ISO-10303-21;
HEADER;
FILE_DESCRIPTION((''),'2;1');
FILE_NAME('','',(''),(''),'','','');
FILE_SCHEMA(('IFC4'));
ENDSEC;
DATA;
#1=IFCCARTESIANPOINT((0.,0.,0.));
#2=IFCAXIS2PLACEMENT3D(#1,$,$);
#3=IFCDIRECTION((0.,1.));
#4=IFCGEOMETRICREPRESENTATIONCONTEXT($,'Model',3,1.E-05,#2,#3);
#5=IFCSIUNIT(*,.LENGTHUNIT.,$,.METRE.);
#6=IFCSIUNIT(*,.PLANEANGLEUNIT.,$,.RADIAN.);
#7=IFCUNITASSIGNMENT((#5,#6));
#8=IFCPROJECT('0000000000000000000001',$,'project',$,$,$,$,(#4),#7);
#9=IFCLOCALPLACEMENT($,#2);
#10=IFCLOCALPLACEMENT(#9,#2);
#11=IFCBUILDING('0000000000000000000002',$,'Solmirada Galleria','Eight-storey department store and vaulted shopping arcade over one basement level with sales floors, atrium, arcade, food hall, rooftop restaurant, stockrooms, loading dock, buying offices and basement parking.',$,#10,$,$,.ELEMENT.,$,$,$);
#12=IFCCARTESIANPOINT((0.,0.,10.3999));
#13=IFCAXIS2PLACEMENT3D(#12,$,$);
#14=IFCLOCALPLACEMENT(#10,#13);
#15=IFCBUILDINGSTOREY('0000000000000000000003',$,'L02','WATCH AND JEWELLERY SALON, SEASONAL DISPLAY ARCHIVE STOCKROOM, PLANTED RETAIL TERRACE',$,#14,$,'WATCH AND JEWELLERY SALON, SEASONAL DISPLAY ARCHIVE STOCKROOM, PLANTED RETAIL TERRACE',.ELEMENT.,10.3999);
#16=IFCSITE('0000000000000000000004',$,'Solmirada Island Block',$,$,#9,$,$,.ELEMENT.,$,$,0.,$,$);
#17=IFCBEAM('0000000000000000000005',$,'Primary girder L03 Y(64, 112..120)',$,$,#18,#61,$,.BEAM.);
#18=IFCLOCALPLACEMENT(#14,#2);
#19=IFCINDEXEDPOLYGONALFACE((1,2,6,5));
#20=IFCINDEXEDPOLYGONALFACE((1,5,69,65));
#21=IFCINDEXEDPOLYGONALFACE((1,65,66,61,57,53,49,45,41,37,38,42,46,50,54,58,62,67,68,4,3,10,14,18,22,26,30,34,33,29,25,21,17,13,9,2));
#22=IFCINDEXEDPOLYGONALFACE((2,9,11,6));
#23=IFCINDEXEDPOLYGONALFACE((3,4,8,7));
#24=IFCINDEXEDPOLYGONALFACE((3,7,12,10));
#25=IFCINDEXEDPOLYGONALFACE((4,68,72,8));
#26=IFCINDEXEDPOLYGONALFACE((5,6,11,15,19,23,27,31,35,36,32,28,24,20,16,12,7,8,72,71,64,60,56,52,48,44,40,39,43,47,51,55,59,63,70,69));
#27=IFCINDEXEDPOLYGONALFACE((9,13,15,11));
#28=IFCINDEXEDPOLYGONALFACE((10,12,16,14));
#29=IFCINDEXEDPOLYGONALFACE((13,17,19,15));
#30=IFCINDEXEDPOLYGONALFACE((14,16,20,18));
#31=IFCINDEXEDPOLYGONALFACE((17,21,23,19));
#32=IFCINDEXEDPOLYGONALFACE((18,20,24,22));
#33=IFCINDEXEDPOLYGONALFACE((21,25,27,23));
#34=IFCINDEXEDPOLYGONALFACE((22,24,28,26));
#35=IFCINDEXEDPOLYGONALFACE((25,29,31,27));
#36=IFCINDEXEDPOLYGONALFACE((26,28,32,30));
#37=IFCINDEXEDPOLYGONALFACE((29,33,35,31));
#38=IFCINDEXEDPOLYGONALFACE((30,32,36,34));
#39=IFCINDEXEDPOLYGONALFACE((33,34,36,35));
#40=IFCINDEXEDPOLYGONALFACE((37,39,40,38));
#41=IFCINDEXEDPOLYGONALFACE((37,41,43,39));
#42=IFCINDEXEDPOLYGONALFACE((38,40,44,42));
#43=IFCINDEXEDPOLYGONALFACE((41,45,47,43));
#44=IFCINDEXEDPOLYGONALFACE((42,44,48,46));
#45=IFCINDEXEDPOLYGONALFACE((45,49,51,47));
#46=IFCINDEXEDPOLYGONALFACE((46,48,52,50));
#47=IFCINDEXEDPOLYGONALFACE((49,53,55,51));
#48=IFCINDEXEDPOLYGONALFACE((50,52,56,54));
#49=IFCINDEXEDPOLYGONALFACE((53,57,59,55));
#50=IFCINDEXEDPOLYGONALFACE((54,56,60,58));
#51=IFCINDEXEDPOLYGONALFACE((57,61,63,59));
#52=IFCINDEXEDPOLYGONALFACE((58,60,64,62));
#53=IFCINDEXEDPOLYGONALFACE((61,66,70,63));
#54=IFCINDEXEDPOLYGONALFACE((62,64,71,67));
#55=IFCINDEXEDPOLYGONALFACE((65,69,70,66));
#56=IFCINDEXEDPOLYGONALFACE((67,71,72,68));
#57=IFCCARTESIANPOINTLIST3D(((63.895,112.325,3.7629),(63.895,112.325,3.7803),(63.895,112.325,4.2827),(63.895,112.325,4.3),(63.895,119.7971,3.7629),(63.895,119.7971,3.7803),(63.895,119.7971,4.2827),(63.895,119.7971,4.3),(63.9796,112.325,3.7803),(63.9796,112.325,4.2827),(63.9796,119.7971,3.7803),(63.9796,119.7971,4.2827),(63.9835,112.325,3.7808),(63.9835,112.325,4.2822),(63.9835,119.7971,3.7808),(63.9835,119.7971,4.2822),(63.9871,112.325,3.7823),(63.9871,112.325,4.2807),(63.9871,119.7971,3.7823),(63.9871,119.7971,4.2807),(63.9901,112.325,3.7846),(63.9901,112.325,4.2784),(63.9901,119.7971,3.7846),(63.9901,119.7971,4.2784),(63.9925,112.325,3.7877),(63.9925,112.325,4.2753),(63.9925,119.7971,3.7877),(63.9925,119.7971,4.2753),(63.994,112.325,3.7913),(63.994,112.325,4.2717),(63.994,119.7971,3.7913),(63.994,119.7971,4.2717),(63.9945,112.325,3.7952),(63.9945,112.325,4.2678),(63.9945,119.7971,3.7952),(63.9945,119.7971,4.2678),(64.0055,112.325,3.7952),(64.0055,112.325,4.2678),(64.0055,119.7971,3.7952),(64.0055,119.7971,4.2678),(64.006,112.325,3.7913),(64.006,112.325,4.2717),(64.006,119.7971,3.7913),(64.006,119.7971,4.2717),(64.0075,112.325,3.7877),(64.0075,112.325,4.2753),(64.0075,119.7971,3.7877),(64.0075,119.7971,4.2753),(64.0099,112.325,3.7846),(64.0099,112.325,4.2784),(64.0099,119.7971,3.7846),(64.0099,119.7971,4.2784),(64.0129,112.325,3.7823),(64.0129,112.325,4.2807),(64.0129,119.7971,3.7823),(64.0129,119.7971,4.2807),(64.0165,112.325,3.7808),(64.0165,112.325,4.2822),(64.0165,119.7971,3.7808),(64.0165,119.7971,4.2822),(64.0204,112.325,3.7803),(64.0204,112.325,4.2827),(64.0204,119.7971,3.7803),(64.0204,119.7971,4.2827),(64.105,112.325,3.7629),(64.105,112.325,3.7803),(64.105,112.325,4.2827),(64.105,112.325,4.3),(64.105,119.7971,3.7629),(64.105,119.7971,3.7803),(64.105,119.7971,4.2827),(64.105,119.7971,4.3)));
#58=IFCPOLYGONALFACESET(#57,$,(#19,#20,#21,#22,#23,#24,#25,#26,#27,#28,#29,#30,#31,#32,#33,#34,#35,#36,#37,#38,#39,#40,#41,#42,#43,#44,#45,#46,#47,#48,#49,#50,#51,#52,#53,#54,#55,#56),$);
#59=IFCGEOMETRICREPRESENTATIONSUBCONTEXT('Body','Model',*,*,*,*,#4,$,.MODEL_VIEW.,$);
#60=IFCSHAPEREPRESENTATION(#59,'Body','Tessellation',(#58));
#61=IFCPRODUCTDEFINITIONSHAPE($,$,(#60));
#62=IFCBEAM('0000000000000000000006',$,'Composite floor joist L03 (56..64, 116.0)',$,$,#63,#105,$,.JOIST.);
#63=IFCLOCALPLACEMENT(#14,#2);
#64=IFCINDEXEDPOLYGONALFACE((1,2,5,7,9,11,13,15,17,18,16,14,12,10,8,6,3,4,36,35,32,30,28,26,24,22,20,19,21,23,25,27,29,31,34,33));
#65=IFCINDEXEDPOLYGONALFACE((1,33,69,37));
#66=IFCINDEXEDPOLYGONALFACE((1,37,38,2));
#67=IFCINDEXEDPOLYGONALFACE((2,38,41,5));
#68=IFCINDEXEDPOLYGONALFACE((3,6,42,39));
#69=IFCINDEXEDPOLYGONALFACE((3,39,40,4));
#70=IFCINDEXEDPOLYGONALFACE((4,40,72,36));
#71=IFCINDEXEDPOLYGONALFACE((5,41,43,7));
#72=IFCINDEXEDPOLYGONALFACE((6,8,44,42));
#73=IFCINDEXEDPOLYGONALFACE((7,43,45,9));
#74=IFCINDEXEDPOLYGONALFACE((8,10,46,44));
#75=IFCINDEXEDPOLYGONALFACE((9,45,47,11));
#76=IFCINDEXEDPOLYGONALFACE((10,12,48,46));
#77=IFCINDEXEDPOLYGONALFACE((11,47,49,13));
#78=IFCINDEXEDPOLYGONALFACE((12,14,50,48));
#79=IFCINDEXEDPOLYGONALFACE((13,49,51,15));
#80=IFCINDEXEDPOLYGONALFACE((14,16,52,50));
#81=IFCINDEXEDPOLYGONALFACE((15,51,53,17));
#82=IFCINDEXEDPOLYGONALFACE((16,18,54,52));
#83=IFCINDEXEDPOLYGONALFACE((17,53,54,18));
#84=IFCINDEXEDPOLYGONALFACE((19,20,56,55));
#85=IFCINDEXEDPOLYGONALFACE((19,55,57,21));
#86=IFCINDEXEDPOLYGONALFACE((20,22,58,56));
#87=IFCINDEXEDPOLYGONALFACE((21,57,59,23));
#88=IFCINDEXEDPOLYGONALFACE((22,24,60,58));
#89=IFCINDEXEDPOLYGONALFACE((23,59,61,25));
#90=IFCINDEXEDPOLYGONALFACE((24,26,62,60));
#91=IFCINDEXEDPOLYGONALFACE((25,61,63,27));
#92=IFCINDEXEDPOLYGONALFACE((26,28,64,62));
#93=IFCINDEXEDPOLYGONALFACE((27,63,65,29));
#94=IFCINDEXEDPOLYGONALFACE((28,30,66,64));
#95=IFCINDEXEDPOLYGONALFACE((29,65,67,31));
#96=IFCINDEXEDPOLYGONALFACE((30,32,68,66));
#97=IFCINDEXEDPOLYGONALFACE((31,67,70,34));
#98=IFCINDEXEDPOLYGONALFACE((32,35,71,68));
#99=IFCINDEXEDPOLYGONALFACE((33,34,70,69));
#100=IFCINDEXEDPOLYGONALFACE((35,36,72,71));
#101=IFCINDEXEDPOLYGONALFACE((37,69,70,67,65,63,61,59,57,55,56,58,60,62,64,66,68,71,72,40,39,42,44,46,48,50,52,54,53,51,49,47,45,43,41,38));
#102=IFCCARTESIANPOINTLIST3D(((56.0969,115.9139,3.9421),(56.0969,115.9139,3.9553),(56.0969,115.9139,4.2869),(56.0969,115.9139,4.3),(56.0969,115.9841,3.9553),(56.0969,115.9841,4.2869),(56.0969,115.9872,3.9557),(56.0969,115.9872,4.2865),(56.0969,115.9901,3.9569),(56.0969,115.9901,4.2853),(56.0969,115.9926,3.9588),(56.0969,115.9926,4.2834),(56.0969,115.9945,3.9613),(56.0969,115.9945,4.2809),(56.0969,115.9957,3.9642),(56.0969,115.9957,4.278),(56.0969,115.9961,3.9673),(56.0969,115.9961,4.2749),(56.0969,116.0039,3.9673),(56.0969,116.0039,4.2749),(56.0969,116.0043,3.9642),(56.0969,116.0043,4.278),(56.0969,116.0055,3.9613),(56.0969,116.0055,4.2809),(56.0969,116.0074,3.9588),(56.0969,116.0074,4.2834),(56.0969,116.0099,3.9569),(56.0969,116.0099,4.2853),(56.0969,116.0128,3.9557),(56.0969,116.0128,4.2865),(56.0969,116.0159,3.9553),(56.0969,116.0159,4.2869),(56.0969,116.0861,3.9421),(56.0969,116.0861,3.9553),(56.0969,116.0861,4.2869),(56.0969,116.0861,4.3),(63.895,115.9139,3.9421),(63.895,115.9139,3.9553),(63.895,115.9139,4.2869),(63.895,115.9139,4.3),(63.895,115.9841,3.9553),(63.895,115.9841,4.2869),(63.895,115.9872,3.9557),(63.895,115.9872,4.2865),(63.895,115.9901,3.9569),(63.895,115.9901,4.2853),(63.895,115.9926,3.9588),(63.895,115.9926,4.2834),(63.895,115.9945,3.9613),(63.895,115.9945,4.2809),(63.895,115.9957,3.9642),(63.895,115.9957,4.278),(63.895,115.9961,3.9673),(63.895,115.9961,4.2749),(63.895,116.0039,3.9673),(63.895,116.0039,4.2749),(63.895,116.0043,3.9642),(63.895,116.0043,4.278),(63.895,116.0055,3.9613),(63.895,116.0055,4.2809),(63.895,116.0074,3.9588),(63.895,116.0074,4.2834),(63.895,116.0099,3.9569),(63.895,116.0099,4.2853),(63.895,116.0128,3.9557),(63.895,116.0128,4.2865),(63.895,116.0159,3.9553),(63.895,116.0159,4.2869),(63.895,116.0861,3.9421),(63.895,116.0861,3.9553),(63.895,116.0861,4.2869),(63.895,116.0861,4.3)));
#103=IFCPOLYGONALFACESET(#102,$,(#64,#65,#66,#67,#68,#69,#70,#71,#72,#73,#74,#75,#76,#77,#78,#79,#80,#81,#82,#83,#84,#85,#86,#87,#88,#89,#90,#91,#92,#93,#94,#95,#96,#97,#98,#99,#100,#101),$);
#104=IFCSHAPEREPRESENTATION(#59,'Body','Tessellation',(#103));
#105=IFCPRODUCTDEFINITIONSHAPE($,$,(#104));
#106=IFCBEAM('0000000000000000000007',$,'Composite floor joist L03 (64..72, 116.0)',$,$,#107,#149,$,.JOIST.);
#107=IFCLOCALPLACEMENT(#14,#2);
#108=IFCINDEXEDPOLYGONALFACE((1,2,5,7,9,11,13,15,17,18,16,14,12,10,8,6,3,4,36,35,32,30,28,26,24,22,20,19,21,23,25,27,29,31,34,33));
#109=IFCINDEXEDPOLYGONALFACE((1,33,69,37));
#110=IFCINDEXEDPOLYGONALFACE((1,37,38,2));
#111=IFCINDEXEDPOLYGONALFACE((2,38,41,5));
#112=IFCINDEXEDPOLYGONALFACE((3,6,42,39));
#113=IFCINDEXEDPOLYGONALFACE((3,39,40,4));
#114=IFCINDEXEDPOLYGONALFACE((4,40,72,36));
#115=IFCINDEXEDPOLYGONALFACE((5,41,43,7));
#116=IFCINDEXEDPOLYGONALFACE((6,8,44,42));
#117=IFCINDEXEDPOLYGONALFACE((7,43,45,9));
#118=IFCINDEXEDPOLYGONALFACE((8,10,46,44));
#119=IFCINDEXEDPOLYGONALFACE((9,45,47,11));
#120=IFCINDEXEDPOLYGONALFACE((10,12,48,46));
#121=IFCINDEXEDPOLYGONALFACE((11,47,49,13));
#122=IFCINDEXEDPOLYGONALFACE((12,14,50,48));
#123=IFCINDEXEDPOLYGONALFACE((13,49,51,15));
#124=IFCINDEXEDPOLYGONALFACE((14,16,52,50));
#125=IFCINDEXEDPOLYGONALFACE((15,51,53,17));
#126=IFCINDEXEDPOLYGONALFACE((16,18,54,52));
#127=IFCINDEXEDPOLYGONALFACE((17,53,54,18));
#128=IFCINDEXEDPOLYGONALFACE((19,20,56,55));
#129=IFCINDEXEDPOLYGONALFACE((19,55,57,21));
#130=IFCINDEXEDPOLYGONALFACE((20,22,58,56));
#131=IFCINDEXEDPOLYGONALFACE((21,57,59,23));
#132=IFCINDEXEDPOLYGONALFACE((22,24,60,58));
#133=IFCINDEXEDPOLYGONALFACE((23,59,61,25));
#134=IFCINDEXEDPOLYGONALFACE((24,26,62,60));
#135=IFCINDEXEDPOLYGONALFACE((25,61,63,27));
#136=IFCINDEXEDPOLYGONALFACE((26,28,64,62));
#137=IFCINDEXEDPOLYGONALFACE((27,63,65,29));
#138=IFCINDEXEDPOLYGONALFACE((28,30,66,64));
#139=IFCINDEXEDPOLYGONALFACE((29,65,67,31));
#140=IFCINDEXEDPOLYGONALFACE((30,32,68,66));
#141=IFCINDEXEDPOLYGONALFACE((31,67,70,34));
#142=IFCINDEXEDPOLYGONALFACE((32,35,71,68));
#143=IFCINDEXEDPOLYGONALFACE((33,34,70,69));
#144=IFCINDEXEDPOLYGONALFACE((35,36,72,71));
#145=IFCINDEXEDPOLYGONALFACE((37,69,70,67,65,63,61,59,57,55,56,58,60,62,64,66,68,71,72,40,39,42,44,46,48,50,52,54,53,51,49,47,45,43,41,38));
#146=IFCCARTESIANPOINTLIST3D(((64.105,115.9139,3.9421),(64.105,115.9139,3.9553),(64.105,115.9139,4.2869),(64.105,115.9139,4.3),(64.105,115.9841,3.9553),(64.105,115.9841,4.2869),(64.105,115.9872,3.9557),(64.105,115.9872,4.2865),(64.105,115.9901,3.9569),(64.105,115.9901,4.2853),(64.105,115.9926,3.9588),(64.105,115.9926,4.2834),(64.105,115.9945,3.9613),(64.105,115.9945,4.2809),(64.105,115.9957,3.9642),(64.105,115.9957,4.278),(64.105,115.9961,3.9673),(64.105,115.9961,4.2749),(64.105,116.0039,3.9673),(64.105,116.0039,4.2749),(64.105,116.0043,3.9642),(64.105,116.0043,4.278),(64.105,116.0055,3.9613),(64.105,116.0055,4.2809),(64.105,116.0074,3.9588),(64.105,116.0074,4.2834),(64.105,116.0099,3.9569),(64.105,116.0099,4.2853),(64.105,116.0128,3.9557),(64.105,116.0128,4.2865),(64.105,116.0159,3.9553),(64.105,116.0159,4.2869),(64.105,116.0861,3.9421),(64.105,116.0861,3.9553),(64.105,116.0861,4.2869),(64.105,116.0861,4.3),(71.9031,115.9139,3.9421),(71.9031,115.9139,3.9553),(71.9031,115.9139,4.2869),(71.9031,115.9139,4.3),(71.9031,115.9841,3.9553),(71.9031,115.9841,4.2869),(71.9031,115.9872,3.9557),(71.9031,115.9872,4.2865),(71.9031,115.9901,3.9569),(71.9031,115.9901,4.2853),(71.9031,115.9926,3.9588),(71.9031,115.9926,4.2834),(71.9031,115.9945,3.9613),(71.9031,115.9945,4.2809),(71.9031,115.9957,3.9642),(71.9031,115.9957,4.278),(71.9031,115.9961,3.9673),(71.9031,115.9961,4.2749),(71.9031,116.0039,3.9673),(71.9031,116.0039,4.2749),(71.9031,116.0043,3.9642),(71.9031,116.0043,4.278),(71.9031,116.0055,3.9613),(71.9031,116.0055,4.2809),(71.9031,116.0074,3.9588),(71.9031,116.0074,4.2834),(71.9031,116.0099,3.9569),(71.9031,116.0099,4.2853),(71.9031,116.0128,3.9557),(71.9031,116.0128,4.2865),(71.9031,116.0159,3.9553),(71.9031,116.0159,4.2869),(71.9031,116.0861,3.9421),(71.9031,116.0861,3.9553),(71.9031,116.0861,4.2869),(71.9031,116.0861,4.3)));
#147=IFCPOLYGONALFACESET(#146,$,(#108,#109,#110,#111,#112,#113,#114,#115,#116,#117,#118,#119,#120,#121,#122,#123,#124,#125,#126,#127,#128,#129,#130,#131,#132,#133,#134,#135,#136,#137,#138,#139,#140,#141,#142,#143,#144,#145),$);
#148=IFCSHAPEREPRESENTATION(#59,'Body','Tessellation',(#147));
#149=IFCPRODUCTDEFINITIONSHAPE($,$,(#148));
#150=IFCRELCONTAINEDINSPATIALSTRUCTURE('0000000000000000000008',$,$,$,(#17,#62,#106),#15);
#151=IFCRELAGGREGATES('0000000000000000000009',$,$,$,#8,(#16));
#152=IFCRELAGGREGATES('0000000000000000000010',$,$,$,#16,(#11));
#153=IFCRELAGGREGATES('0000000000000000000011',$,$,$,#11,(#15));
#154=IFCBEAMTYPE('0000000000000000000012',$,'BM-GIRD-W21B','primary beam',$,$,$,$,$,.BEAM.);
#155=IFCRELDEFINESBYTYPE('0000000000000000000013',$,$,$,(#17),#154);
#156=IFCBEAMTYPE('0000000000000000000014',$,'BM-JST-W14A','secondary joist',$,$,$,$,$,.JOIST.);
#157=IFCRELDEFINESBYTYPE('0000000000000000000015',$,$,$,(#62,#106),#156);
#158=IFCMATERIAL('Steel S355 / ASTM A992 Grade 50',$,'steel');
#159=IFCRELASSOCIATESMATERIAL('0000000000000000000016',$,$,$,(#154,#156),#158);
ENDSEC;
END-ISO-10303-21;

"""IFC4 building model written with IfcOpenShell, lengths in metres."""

from ifc_helpers import new_model, si_unit, direction, frame, origin, origin_2d, place, context, subcontext, project, spatial, i_section, extrude, material, material_profile, profile_set, type_object, element, save


model = new_model("IFC4")

# Units and contexts
model_context = context("Model", 3, precision=1e-05, world=origin(), true_north=direction((0.0, 1.0)))
body_context = subcontext(model_context, "Body", "Model", "MODEL_VIEW")
ifc_project = project(units=[si_unit("LENGTHUNIT", "METRE"), si_unit("PLANEANGLEUNIT", "RADIAN")], contexts=[model_context])

# Site, building, storey
site_placement = place(None, origin())
site = spatial("IfcSite", under=ifc_project, at=site_placement, Name="Solmirada Island Block", CompositionType="ELEMENT", RefElevation=0.0)
building_placement = place(site_placement, origin())
building = spatial("IfcBuilding", under=site, at=building_placement, Name="Solmirada Galleria", Description="Eight-storey department store and vaulted shopping arcade over one basement level with sales floors, atrium, arcade, food hall, rooftop restaurant, stockrooms, loading dock, buying offices and basement parking.", CompositionType="ELEMENT")
storey_placement = place(building_placement, frame((0.0, 0.0, 10.3999)))
storey = spatial("IfcBuildingStorey", under=building, at=storey_placement, Name="L02", Description="WATCH AND JEWELLERY SALON, SEASONAL DISPLAY ARCHIVE STOCKROOM, PLANTED RETAIL TERRACE", LongName="WATCH AND JEWELLERY SALON, SEASONAL DISPLAY ARCHIVE STOCKROOM, PLANTED RETAIL TERRACE", CompositionType="ELEMENT", Elevation=10.3999)

# Beams
ifc_material_1 = material(Name="Steel S355 / ASTM A992 Grade 50", Category="steel")
ifc_material_profile_1 = material_profile(ifc_material_1, i_section(OverallWidth=0.21, OverallDepth=0.5371, WebThickness=0.011, FlangeThickness=0.0173, FilletRadius=0.0149, at=origin_2d()), Name="W21X68")
ifc_profile_set_1 = profile_set([ifc_material_profile_1], Name="Steel S355 / ASTM A992 Grade 50")
beam_type_1 = type_object("IfcBeamType", Name="BM-GIRD-W21B", Description="primary beam", PredefinedType="BEAM", material=ifc_profile_set_1)
beam_1_placement = place(storey_placement, frame((64.0, 112.325, 4.0315), z_axis=(0.0, 1.0, 0.0), x_axis=(-1.0, 0.0, 0.0)))
element("IfcBeam", 1, at=beam_1_placement, inside=storey, type_object=beam_type_1, Name="Primary girder L03 Y(64, 112..120)", PredefinedType="BEAM", context=body_context, shape_type="SweptSolid", body=[
    extrude(i_section(OverallWidth=0.21, OverallDepth=0.5371, WebThickness=0.011, FlangeThickness=0.0173, FilletRadius=0.0149, at=origin_2d()), origin(), (0.0, 0.0, 1.0), 7.4722),
])
ifc_material_profile_2 = material_profile(ifc_material_1, i_section(OverallWidth=0.1721, OverallDepth=0.3579, WebThickness=0.0078, FlangeThickness=0.0132, FilletRadius=0.012, at=origin_2d()), Name="W14X38")
ifc_profile_set_2 = profile_set([ifc_material_profile_2], Name="Steel S355 / ASTM A992 Grade 50")
beam_type_2 = type_object("IfcBeamType", Name="BM-JST-W14A", Description="secondary joist", PredefinedType="JOIST", material=ifc_profile_set_2)
for number, where, z_axis, x_axis, name in (
    (2, (56.0969, 116.0, 4.1211), (1.0, 0.0, 0.0), (0.0, 1.0, 0.0), "Composite floor joist L03 (56..64, 116.0)"),
    (3, (64.105, 116.0, 4.1211), (1.0, 0.0, 0.0), (0.0, 1.0, 0.0), "Composite floor joist L03 (64..72, 116.0)"),
):
    element("IfcBeam", number, at=place(storey_placement, frame(where, z_axis=z_axis, x_axis=x_axis)), inside=storey, type_object=beam_type_2, Name=name, PredefinedType="JOIST", context=body_context, shape_type="SweptSolid", body=[
        extrude(i_section(OverallWidth=0.1721, OverallDepth=0.3579, WebThickness=0.0078, FlangeThickness=0.0132, FilletRadius=0.012, at=origin_2d()), origin(), (0.0, 0.0, 1.0), 7.7981),
    ])

save(model, "model.ifc")
